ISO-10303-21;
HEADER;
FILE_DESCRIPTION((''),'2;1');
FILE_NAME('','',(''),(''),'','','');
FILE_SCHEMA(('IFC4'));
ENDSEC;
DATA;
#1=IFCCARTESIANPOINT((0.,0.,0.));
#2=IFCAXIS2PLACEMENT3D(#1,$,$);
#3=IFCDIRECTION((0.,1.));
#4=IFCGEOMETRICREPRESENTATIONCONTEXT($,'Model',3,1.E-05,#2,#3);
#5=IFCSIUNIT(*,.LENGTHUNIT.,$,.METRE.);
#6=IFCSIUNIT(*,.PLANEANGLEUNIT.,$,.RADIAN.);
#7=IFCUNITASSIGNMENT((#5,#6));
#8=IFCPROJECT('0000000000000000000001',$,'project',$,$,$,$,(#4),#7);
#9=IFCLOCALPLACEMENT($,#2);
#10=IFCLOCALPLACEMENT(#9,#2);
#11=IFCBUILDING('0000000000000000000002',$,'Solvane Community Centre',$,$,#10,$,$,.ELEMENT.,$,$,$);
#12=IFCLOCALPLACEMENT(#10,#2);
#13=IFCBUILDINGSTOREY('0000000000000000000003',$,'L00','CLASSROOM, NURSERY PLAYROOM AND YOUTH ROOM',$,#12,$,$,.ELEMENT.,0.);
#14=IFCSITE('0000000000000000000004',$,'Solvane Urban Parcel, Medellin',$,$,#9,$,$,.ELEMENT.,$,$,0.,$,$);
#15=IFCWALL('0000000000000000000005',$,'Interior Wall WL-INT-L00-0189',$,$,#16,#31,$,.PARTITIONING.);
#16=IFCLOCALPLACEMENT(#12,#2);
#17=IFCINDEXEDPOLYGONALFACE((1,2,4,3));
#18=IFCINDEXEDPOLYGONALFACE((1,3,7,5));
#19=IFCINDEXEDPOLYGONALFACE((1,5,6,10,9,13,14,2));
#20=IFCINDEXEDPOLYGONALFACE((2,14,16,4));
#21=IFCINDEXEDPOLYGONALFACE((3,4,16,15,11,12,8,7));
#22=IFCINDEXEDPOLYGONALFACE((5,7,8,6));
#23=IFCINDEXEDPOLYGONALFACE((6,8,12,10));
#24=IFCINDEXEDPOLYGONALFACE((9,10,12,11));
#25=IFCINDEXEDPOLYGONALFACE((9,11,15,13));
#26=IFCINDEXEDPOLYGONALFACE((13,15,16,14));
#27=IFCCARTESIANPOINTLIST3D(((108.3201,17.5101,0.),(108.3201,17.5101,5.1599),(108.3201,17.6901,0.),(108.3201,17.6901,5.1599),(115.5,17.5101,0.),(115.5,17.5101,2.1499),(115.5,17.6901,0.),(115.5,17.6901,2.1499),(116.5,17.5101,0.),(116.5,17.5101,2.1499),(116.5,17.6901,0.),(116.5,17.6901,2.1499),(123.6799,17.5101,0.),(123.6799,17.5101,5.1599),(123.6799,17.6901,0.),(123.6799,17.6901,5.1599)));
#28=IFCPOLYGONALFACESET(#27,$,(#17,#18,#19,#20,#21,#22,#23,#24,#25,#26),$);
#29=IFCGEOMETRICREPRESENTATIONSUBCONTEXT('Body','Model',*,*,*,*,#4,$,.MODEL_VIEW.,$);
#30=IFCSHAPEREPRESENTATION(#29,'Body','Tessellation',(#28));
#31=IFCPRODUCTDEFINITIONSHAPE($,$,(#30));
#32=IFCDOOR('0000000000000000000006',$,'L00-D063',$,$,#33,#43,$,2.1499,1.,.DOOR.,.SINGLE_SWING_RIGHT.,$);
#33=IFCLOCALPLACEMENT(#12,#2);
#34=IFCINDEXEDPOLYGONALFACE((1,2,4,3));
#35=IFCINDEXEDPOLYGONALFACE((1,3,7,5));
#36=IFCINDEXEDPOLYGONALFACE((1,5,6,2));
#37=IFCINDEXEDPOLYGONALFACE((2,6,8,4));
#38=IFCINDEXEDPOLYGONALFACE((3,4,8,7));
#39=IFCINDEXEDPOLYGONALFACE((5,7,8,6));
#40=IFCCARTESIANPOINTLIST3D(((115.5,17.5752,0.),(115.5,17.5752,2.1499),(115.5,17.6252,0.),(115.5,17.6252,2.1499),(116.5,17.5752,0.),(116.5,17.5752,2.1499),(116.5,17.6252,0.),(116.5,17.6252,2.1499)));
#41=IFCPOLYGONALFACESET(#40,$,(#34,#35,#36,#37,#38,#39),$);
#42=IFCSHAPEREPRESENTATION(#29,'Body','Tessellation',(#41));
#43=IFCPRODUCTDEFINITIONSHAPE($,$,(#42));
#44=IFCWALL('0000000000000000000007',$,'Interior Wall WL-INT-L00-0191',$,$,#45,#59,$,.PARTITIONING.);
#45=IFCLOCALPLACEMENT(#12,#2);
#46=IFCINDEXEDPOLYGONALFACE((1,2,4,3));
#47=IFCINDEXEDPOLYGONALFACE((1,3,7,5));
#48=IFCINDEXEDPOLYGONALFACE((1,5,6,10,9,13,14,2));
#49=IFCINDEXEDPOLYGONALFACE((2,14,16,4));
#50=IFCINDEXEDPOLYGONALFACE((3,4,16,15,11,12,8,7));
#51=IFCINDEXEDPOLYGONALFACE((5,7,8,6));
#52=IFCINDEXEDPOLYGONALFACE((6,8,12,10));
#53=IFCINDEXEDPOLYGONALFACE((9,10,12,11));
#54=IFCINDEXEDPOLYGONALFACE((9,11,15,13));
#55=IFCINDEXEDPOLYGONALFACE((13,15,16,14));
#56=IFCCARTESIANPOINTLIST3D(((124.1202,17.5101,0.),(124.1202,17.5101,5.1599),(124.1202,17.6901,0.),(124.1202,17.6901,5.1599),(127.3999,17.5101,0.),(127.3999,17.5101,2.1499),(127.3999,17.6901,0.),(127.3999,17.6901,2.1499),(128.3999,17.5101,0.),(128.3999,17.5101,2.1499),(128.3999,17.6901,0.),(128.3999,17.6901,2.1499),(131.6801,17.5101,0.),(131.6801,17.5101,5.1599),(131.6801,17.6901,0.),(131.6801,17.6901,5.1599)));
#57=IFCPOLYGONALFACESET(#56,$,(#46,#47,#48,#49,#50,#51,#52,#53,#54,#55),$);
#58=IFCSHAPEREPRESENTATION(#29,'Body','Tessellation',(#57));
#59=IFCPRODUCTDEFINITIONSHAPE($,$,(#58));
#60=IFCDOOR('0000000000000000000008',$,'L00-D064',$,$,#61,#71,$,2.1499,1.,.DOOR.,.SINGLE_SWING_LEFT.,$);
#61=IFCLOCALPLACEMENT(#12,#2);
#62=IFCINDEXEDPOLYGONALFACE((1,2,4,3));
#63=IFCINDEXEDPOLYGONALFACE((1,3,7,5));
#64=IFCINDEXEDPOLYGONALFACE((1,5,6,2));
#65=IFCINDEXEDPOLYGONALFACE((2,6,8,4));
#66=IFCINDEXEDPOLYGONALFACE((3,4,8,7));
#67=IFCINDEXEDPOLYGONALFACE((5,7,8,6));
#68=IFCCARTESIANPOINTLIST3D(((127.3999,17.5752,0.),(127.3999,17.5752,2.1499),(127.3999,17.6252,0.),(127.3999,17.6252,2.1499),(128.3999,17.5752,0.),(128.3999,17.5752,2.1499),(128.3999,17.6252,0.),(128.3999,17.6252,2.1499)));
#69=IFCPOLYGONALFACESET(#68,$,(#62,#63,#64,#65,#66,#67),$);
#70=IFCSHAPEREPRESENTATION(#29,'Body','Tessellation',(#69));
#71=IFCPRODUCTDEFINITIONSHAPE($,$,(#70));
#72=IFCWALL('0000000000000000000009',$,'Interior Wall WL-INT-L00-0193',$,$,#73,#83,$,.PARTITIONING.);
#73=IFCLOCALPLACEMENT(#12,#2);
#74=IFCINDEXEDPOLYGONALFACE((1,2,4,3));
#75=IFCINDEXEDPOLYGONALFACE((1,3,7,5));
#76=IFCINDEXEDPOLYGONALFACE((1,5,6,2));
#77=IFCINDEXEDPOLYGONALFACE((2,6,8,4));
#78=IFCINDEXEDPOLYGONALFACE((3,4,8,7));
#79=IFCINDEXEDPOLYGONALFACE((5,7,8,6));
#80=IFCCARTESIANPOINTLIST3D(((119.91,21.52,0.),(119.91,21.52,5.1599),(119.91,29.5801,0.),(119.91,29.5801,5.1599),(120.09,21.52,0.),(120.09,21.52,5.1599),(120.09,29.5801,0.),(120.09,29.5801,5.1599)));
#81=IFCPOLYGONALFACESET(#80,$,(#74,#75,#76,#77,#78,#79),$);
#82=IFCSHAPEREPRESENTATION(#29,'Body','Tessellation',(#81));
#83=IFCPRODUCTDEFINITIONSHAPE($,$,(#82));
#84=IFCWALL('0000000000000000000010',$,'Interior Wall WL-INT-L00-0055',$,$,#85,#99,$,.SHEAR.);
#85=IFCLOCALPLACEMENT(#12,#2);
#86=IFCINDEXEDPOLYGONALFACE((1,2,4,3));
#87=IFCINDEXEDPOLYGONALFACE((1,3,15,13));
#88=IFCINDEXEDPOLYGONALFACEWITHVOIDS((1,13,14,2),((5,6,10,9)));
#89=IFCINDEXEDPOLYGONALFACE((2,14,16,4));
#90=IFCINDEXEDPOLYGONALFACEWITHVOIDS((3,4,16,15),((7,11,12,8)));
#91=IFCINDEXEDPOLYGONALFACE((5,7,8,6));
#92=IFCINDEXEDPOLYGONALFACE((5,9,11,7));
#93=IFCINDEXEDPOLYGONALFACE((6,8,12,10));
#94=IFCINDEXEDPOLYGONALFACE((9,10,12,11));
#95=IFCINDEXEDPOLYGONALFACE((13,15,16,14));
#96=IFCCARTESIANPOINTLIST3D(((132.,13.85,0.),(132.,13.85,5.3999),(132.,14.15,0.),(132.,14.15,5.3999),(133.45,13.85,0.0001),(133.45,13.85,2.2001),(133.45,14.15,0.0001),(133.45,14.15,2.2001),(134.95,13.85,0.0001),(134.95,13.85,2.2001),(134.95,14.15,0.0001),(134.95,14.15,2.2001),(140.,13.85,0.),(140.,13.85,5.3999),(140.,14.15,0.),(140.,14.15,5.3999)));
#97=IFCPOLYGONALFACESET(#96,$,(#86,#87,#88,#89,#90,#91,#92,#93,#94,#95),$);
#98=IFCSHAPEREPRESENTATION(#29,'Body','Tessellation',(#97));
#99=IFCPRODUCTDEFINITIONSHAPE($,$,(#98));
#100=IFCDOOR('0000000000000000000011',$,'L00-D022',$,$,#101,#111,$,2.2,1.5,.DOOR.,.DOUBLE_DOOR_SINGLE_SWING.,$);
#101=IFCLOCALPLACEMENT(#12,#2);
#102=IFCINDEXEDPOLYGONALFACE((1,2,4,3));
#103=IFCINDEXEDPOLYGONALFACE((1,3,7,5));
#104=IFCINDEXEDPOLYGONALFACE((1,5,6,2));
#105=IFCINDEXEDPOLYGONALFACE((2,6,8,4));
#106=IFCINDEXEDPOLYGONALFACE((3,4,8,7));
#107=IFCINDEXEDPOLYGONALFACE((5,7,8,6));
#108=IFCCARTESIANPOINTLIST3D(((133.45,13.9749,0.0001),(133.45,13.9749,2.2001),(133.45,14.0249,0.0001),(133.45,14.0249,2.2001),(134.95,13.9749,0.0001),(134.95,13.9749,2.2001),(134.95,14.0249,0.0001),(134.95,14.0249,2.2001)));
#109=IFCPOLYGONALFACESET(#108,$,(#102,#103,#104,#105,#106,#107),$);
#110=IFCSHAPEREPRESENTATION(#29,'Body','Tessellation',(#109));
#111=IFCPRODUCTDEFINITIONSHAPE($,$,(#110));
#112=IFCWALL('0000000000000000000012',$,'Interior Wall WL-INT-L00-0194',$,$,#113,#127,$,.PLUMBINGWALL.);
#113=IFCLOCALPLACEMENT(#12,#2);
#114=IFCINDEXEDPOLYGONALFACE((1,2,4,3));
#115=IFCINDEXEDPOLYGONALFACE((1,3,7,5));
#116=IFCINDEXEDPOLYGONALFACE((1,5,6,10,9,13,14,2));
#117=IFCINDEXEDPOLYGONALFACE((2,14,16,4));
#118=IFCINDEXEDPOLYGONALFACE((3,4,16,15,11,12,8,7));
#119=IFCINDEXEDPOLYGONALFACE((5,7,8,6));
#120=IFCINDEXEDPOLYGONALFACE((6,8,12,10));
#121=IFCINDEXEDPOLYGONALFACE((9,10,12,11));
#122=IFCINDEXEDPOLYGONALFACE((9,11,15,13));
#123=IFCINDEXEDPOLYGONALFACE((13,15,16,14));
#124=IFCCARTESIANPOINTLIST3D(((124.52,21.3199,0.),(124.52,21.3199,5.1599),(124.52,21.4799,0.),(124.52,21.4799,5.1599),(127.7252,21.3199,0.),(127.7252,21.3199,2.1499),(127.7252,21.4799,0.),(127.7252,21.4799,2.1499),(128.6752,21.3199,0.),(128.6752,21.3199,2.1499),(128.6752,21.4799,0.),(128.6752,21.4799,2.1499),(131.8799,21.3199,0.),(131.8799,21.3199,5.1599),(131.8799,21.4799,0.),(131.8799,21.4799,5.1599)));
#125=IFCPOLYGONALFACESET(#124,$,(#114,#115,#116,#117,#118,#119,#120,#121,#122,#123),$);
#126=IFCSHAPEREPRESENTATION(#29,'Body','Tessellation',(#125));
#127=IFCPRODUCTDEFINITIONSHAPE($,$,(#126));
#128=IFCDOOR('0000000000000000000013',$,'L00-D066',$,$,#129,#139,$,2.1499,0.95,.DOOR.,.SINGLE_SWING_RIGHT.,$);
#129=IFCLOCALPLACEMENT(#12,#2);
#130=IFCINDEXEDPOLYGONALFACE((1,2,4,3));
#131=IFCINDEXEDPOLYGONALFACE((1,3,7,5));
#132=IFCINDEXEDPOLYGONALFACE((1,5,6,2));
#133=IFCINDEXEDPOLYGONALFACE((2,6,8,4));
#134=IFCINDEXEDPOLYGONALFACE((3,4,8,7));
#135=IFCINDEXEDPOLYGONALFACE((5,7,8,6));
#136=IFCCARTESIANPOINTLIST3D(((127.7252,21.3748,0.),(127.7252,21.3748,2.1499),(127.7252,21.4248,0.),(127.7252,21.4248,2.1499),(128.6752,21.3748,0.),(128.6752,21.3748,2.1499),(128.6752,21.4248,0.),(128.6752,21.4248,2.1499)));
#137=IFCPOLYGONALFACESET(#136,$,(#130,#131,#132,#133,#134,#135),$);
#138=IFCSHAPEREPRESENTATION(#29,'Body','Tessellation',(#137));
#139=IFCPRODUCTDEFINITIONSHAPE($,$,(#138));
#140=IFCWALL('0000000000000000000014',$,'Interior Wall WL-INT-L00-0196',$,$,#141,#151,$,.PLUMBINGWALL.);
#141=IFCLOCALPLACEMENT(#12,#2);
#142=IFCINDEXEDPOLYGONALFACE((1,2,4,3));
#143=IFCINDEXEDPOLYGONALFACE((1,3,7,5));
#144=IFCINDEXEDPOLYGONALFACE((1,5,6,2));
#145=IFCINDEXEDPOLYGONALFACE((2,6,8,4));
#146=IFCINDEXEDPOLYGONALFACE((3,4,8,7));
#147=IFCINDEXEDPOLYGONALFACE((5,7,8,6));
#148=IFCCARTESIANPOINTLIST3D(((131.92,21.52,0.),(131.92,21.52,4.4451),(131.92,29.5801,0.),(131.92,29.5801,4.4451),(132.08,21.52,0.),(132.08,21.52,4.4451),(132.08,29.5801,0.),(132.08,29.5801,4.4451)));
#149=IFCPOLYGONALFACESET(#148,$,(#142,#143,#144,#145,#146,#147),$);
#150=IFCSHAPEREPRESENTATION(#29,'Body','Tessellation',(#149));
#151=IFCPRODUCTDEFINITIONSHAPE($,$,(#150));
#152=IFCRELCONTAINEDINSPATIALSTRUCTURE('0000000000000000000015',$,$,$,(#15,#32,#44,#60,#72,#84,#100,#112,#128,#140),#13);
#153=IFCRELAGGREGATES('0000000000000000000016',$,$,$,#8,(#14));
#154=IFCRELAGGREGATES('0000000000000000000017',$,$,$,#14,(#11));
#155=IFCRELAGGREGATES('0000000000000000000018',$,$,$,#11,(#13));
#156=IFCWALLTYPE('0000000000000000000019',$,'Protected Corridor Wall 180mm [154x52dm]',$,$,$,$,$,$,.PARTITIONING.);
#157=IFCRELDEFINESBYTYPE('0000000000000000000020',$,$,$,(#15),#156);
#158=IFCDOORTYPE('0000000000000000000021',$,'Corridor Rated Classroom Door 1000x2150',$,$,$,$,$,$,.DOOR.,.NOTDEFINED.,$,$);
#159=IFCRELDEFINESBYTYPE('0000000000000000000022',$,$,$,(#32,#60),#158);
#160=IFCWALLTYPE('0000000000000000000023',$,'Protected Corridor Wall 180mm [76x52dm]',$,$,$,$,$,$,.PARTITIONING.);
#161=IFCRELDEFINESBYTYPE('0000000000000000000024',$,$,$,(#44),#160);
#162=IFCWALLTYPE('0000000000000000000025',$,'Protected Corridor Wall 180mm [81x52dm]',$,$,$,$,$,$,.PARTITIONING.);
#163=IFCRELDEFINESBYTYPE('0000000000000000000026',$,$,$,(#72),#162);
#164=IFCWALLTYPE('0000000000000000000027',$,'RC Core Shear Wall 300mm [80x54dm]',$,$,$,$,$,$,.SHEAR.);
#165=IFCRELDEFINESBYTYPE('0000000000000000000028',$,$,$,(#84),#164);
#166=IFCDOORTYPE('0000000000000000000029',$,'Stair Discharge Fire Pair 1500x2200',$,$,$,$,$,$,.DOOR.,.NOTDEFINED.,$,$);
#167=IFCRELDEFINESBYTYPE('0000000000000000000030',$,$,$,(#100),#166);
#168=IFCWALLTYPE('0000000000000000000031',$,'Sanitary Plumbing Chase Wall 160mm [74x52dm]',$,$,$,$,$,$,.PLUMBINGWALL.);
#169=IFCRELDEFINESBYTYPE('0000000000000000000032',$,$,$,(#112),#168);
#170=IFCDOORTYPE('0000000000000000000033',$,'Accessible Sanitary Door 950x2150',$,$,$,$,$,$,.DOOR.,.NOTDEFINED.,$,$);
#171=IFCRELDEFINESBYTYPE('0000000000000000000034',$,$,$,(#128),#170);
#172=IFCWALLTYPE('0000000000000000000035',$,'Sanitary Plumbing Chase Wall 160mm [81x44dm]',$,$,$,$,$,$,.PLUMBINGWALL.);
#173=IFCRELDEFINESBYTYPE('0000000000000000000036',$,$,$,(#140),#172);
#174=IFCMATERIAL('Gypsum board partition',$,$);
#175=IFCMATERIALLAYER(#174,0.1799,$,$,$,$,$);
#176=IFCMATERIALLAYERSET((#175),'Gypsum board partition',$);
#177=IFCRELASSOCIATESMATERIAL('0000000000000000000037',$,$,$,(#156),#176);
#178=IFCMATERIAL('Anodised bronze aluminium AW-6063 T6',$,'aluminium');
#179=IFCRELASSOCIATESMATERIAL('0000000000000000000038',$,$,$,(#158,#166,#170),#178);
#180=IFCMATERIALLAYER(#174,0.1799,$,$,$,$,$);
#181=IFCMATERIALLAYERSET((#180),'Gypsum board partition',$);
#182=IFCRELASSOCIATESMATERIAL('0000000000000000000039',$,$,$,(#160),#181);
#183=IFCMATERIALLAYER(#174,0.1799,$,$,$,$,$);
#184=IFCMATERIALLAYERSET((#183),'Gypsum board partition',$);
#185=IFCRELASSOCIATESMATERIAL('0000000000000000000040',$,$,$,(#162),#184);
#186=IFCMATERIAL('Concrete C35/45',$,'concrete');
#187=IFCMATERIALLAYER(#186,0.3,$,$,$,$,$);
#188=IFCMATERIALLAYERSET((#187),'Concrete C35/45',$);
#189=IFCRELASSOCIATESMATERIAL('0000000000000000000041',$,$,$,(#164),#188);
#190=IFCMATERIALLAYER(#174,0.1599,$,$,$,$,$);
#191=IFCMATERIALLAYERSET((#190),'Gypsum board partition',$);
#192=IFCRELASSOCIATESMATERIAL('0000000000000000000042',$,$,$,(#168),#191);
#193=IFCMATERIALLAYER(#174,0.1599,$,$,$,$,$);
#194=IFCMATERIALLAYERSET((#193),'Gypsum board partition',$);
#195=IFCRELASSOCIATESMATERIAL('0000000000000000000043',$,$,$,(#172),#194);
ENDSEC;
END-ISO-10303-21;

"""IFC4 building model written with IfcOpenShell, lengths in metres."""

from ifc_helpers import new_model, si_unit, direction, frame, frame_2d, origin, place, context, subcontext, project, spatial, rectangle, extrude, material, layer, layer_set, type_object, element, fill, save


model = new_model("IFC4")

# Units and contexts
model_context = context("Model", 3, precision=1e-05, world=origin(), true_north=direction((0.0, 1.0)))
body_context = subcontext(model_context, "Body", "Model", "MODEL_VIEW")
ifc_project = project(units=[si_unit("LENGTHUNIT", "METRE"), si_unit("PLANEANGLEUNIT", "RADIAN")], contexts=[model_context])

# Site, building, storey
site_placement = place(None, origin())
site = spatial("IfcSite", under=ifc_project, at=site_placement, Name="Solvane Urban Parcel, Medellin", CompositionType="ELEMENT", RefElevation=0.0)
building_placement = place(site_placement, origin())
building = spatial("IfcBuilding", under=site, at=building_placement, Name="Solvane Community Centre", CompositionType="ELEMENT")
storey_placement = place(building_placement, origin())
storey = spatial("IfcBuildingStorey", under=building, at=storey_placement, Name="L00", Description="CLASSROOM, NURSERY PLAYROOM AND YOUTH ROOM", CompositionType="ELEMENT", Elevation=0.0)

# Shared definitions
ifc_material_1 = material(Name="Concrete C35/45", Category="concrete")

# Walls, openings, doors
ifc_material_2 = material(Name="Gypsum board partition")
ifc_layer_1 = layer(ifc_material_2, 0.1799)
ifc_layer_set_1 = layer_set([ifc_layer_1], Name="Gypsum board partition")
wall_type_1 = type_object("IfcWallType", Name="Protected Corridor Wall 180mm [154x52dm]", PredefinedType="PARTITIONING", material=ifc_layer_set_1)
wall_1_placement = place(storey_placement, frame((123.6799, 17.6001, 0.0), z_axis=(0.0, 0.0, 1.0), x_axis=(-1.0, 0.0, 0.0)))
wall_1 = element("IfcWall", 1, at=wall_1_placement, inside=storey, type_object=wall_type_1, Name="Interior Wall WL-INT-L00-0189", PredefinedType="PARTITIONING", context=body_context, shape_type="SweptSolid", body=[
    extrude(rectangle(XDim=15.3599, YDim=0.1799, at=frame_2d((7.6799, 0.0))), origin(), (0.0, 0.0, 1.0), 5.1599),
])
opening_1_placement = place(wall_1_placement, frame((7.1799, 0.0, 0.0)))
opening_1 = element("IfcOpeningElement", 2, at=opening_1_placement, cuts=wall_1, PredefinedType="OPENING", context=body_context, shape_type="SweptSolid", body=[
    extrude(rectangle(XDim=1.0, YDim=2.1499, at=frame_2d((0.5, 1.075))), frame((0.0, 0.0999, 0.0), z_axis=(0.0, -1.0, 0.0), x_axis=(1.0, 0.0, 0.0)), (0.0, 0.0, 1.0), 0.2),
])
ifc_material_3 = material(Name="Anodised bronze aluminium AW-6063 T6", Category="aluminium")
door_type_1 = type_object("IfcDoorType", Name="Corridor Rated Classroom Door 1000x2150", OperationType="NOTDEFINED", PredefinedType="DOOR", material=ifc_material_3)
door_1_placement = place(opening_1_placement, origin())
door_1 = element("IfcDoor", 3, at=door_1_placement, inside=storey, type_object=door_type_1, Name="L00-D063", OperationType="SINGLE_SWING_RIGHT", OverallHeight=2.1499, OverallWidth=1.0, PredefinedType="DOOR", context=body_context, shape_type="SweptSolid", body=[
    extrude(rectangle(XDim=1.0, YDim=2.1499, at=frame_2d((0.5, 1.075))), frame((0.0, 0.0249, 0.0), z_axis=(0.0, -1.0, 0.0), x_axis=(1.0, 0.0, 0.0)), (0.0, 0.0, 1.0), 0.05),
])
fill(opening_1, door_1)
ifc_layer_2 = layer(ifc_material_2, 0.1799)
ifc_layer_set_2 = layer_set([ifc_layer_2], Name="Gypsum board partition")
wall_type_2 = type_object("IfcWallType", Name="Protected Corridor Wall 180mm [76x52dm]", PredefinedType="PARTITIONING", material=ifc_layer_set_2)
wall_2_placement = place(storey_placement, frame((131.6799, 17.6001, 0.0), z_axis=(0.0, 0.0, 1.0), x_axis=(-1.0, 0.0, 0.0)))
wall_2 = element("IfcWall", 4, at=wall_2_placement, inside=storey, type_object=wall_type_2, Name="Interior Wall WL-INT-L00-0191", PredefinedType="PARTITIONING", context=body_context, shape_type="SweptSolid", body=[
    extrude(rectangle(XDim=7.5598, YDim=0.1799, at=frame_2d((3.7798, 0.0))), origin(), (0.0, 0.0, 1.0), 5.1599),
])
opening_2_placement = place(wall_2_placement, frame((3.28, 0.0, 0.0)))
opening_2 = element("IfcOpeningElement", 5, at=opening_2_placement, cuts=wall_2, PredefinedType="OPENING", context=body_context, shape_type="SweptSolid", body=[
    extrude(rectangle(XDim=1.0, YDim=2.1499, at=frame_2d((0.5, 1.075))), frame((0.0, 0.0999, 0.0), z_axis=(0.0, -1.0, 0.0), x_axis=(1.0, 0.0, 0.0)), (0.0, 0.0, 1.0), 0.2),
])
door_2_placement = place(opening_2_placement, origin())
door_2 = element("IfcDoor", 6, at=door_2_placement, inside=storey, type_object=door_type_1, Name="L00-D064", OperationType="SINGLE_SWING_LEFT", OverallHeight=2.1499, OverallWidth=1.0, PredefinedType="DOOR", context=body_context, shape_type="SweptSolid", body=[
    extrude(rectangle(XDim=1.0, YDim=2.1499, at=frame_2d((0.5, 1.075))), frame((0.0, 0.0249, 0.0), z_axis=(0.0, -1.0, 0.0), x_axis=(1.0, 0.0, 0.0)), (0.0, 0.0, 1.0), 0.05),
])
fill(opening_2, door_2)

# Wall
ifc_layer_3 = layer(ifc_material_2, 0.1799)
ifc_layer_set_3 = layer_set([ifc_layer_3], Name="Gypsum board partition")
wall_type_3 = type_object("IfcWallType", Name="Protected Corridor Wall 180mm [81x52dm]", PredefinedType="PARTITIONING", material=ifc_layer_set_3)
wall_3_placement = place(storey_placement, frame((120.0, 21.52, 0.0), z_axis=(0.0, 0.0, 1.0), x_axis=(0.0, 1.0, 0.0)))
element("IfcWall", 7, at=wall_3_placement, inside=storey, type_object=wall_type_3, Name="Interior Wall WL-INT-L00-0193", PredefinedType="PARTITIONING", context=body_context, shape_type="SweptSolid", body=[
    extrude(rectangle(XDim=8.0601, YDim=0.1799, at=frame_2d((4.03, 0.0))), origin(), (0.0, 0.0, 1.0), 5.1599),
])

# Walls, openings, doors
ifc_layer_4 = layer(ifc_material_1, 0.3)
ifc_layer_set_4 = layer_set([ifc_layer_4], Name="Concrete C35/45")
wall_type_4 = type_object("IfcWallType", Name="RC Core Shear Wall 300mm [80x54dm]", PredefinedType="SHEAR", material=ifc_layer_set_4)
wall_4_placement = place(storey_placement, frame((132.0, 14.0, 0.0), z_axis=(0.0, 0.0, 1.0), x_axis=(1.0, 0.0, 0.0)))
wall_4 = element("IfcWall", 8, at=wall_4_placement, inside=storey, type_object=wall_type_4, Name="Interior Wall WL-INT-L00-0055", PredefinedType="SHEAR", context=body_context, shape_type="SweptSolid", body=[
    extrude(rectangle(XDim=8.0, YDim=0.3, at=frame_2d((4.0, 0.0))), origin(), (0.0, 0.0, 1.0), 5.3999),
])
opening_3_placement = place(wall_4_placement, frame((1.45, 0.0, 0.0)))
opening_3 = element("IfcOpeningElement", 9, at=opening_3_placement, cuts=wall_4, PredefinedType="OPENING", context=body_context, shape_type="SweptSolid", body=[
    extrude(rectangle(XDim=1.5, YDim=2.2, at=frame_2d((0.75, 1.1001))), frame((0.0, 0.1599, 0.0), z_axis=(0.0, -1.0, 0.0), x_axis=(1.0, 0.0, 0.0)), (0.0, 0.0, 1.0), 0.3201),
])
door_type_2 = type_object("IfcDoorType", Name="Stair Discharge Fire Pair 1500x2200", OperationType="NOTDEFINED", PredefinedType="DOOR", material=ifc_material_3)
door_3_placement = place(opening_3_placement, origin())
door_3 = element("IfcDoor", 10, at=door_3_placement, inside=storey, type_object=door_type_2, Name="L00-D022", OperationType="DOUBLE_DOOR_SINGLE_SWING", OverallHeight=2.2, OverallWidth=1.5, PredefinedType="DOOR", context=body_context, shape_type="SweptSolid", body=[
    extrude(rectangle(XDim=1.5, YDim=2.2, at=frame_2d((0.75, 1.1001))), frame((0.0, 0.0249, 0.0), z_axis=(0.0, -1.0, 0.0), x_axis=(1.0, 0.0, 0.0)), (0.0, 0.0, 1.0), 0.05),
])
fill(opening_3, door_3)
ifc_layer_5 = layer(ifc_material_2, 0.1599)
ifc_layer_set_5 = layer_set([ifc_layer_5], Name="Gypsum board partition")
wall_type_5 = type_object("IfcWallType", Name="Sanitary Plumbing Chase Wall 160mm [74x52dm]", PredefinedType="PLUMBINGWALL", material=ifc_layer_set_5)
wall_5_placement = place(storey_placement, frame((124.52, 21.3999, 0.0), z_axis=(0.0, 0.0, 1.0), x_axis=(1.0, 0.0, 0.0)))
wall_5 = element("IfcWall", 11, at=wall_5_placement, inside=storey, type_object=wall_type_5, Name="Interior Wall WL-INT-L00-0194", PredefinedType="PLUMBINGWALL", context=body_context, shape_type="SweptSolid", body=[
    extrude(rectangle(XDim=7.3599, YDim=0.1599, at=frame_2d((3.6799, 0.0))), origin(), (0.0, 0.0, 1.0), 5.1599),
])
opening_4_placement = place(wall_5_placement, frame((3.2051, 0.0, 0.0)))
opening_4 = element("IfcOpeningElement", 12, at=opening_4_placement, cuts=wall_5, PredefinedType="OPENING", context=body_context, shape_type="SweptSolid", body=[
    extrude(rectangle(XDim=0.95, YDim=2.1499, at=frame_2d((0.4751, 1.075))), frame((0.0, 0.0898, 0.0), z_axis=(0.0, -1.0, 0.0), x_axis=(1.0, 0.0, 0.0)), (0.0, 0.0, 1.0), 0.1799),
])
door_type_3 = type_object("IfcDoorType", Name="Accessible Sanitary Door 950x2150", OperationType="NOTDEFINED", PredefinedType="DOOR", material=ifc_material_3)
door_4_placement = place(opening_4_placement, origin())
door_4 = element("IfcDoor", 13, at=door_4_placement, inside=storey, type_object=door_type_3, Name="L00-D066", OperationType="SINGLE_SWING_RIGHT", OverallHeight=2.1499, OverallWidth=0.95, PredefinedType="DOOR", context=body_context, shape_type="SweptSolid", body=[
    extrude(rectangle(XDim=0.95, YDim=2.1499, at=frame_2d((0.4751, 1.075))), frame((0.0, 0.0249, 0.0), z_axis=(0.0, -1.0, 0.0), x_axis=(1.0, 0.0, 0.0)), (0.0, 0.0, 1.0), 0.05),
])
fill(opening_4, door_4)

# Wall
ifc_layer_6 = layer(ifc_material_2, 0.1599)
ifc_layer_set_6 = layer_set([ifc_layer_6], Name="Gypsum board partition")
wall_type_6 = type_object("IfcWallType", Name="Sanitary Plumbing Chase Wall 160mm [81x44dm]", PredefinedType="PLUMBINGWALL", material=ifc_layer_set_6)
wall_6_placement = place(storey_placement, frame((132.0, 21.52, 0.0), z_axis=(0.0, 0.0, 1.0), x_axis=(0.0, 1.0, 0.0)))
element("IfcWall", 14, at=wall_6_placement, inside=storey, type_object=wall_type_6, Name="Interior Wall WL-INT-L00-0196", PredefinedType="PLUMBINGWALL", context=body_context, shape_type="SweptSolid", body=[
    extrude(rectangle(XDim=8.0601, YDim=0.1599, at=frame_2d((4.03, 0.0))), origin(), (0.0, 0.0, 1.0), 4.4451),
])

save(model, "model.ifc")
